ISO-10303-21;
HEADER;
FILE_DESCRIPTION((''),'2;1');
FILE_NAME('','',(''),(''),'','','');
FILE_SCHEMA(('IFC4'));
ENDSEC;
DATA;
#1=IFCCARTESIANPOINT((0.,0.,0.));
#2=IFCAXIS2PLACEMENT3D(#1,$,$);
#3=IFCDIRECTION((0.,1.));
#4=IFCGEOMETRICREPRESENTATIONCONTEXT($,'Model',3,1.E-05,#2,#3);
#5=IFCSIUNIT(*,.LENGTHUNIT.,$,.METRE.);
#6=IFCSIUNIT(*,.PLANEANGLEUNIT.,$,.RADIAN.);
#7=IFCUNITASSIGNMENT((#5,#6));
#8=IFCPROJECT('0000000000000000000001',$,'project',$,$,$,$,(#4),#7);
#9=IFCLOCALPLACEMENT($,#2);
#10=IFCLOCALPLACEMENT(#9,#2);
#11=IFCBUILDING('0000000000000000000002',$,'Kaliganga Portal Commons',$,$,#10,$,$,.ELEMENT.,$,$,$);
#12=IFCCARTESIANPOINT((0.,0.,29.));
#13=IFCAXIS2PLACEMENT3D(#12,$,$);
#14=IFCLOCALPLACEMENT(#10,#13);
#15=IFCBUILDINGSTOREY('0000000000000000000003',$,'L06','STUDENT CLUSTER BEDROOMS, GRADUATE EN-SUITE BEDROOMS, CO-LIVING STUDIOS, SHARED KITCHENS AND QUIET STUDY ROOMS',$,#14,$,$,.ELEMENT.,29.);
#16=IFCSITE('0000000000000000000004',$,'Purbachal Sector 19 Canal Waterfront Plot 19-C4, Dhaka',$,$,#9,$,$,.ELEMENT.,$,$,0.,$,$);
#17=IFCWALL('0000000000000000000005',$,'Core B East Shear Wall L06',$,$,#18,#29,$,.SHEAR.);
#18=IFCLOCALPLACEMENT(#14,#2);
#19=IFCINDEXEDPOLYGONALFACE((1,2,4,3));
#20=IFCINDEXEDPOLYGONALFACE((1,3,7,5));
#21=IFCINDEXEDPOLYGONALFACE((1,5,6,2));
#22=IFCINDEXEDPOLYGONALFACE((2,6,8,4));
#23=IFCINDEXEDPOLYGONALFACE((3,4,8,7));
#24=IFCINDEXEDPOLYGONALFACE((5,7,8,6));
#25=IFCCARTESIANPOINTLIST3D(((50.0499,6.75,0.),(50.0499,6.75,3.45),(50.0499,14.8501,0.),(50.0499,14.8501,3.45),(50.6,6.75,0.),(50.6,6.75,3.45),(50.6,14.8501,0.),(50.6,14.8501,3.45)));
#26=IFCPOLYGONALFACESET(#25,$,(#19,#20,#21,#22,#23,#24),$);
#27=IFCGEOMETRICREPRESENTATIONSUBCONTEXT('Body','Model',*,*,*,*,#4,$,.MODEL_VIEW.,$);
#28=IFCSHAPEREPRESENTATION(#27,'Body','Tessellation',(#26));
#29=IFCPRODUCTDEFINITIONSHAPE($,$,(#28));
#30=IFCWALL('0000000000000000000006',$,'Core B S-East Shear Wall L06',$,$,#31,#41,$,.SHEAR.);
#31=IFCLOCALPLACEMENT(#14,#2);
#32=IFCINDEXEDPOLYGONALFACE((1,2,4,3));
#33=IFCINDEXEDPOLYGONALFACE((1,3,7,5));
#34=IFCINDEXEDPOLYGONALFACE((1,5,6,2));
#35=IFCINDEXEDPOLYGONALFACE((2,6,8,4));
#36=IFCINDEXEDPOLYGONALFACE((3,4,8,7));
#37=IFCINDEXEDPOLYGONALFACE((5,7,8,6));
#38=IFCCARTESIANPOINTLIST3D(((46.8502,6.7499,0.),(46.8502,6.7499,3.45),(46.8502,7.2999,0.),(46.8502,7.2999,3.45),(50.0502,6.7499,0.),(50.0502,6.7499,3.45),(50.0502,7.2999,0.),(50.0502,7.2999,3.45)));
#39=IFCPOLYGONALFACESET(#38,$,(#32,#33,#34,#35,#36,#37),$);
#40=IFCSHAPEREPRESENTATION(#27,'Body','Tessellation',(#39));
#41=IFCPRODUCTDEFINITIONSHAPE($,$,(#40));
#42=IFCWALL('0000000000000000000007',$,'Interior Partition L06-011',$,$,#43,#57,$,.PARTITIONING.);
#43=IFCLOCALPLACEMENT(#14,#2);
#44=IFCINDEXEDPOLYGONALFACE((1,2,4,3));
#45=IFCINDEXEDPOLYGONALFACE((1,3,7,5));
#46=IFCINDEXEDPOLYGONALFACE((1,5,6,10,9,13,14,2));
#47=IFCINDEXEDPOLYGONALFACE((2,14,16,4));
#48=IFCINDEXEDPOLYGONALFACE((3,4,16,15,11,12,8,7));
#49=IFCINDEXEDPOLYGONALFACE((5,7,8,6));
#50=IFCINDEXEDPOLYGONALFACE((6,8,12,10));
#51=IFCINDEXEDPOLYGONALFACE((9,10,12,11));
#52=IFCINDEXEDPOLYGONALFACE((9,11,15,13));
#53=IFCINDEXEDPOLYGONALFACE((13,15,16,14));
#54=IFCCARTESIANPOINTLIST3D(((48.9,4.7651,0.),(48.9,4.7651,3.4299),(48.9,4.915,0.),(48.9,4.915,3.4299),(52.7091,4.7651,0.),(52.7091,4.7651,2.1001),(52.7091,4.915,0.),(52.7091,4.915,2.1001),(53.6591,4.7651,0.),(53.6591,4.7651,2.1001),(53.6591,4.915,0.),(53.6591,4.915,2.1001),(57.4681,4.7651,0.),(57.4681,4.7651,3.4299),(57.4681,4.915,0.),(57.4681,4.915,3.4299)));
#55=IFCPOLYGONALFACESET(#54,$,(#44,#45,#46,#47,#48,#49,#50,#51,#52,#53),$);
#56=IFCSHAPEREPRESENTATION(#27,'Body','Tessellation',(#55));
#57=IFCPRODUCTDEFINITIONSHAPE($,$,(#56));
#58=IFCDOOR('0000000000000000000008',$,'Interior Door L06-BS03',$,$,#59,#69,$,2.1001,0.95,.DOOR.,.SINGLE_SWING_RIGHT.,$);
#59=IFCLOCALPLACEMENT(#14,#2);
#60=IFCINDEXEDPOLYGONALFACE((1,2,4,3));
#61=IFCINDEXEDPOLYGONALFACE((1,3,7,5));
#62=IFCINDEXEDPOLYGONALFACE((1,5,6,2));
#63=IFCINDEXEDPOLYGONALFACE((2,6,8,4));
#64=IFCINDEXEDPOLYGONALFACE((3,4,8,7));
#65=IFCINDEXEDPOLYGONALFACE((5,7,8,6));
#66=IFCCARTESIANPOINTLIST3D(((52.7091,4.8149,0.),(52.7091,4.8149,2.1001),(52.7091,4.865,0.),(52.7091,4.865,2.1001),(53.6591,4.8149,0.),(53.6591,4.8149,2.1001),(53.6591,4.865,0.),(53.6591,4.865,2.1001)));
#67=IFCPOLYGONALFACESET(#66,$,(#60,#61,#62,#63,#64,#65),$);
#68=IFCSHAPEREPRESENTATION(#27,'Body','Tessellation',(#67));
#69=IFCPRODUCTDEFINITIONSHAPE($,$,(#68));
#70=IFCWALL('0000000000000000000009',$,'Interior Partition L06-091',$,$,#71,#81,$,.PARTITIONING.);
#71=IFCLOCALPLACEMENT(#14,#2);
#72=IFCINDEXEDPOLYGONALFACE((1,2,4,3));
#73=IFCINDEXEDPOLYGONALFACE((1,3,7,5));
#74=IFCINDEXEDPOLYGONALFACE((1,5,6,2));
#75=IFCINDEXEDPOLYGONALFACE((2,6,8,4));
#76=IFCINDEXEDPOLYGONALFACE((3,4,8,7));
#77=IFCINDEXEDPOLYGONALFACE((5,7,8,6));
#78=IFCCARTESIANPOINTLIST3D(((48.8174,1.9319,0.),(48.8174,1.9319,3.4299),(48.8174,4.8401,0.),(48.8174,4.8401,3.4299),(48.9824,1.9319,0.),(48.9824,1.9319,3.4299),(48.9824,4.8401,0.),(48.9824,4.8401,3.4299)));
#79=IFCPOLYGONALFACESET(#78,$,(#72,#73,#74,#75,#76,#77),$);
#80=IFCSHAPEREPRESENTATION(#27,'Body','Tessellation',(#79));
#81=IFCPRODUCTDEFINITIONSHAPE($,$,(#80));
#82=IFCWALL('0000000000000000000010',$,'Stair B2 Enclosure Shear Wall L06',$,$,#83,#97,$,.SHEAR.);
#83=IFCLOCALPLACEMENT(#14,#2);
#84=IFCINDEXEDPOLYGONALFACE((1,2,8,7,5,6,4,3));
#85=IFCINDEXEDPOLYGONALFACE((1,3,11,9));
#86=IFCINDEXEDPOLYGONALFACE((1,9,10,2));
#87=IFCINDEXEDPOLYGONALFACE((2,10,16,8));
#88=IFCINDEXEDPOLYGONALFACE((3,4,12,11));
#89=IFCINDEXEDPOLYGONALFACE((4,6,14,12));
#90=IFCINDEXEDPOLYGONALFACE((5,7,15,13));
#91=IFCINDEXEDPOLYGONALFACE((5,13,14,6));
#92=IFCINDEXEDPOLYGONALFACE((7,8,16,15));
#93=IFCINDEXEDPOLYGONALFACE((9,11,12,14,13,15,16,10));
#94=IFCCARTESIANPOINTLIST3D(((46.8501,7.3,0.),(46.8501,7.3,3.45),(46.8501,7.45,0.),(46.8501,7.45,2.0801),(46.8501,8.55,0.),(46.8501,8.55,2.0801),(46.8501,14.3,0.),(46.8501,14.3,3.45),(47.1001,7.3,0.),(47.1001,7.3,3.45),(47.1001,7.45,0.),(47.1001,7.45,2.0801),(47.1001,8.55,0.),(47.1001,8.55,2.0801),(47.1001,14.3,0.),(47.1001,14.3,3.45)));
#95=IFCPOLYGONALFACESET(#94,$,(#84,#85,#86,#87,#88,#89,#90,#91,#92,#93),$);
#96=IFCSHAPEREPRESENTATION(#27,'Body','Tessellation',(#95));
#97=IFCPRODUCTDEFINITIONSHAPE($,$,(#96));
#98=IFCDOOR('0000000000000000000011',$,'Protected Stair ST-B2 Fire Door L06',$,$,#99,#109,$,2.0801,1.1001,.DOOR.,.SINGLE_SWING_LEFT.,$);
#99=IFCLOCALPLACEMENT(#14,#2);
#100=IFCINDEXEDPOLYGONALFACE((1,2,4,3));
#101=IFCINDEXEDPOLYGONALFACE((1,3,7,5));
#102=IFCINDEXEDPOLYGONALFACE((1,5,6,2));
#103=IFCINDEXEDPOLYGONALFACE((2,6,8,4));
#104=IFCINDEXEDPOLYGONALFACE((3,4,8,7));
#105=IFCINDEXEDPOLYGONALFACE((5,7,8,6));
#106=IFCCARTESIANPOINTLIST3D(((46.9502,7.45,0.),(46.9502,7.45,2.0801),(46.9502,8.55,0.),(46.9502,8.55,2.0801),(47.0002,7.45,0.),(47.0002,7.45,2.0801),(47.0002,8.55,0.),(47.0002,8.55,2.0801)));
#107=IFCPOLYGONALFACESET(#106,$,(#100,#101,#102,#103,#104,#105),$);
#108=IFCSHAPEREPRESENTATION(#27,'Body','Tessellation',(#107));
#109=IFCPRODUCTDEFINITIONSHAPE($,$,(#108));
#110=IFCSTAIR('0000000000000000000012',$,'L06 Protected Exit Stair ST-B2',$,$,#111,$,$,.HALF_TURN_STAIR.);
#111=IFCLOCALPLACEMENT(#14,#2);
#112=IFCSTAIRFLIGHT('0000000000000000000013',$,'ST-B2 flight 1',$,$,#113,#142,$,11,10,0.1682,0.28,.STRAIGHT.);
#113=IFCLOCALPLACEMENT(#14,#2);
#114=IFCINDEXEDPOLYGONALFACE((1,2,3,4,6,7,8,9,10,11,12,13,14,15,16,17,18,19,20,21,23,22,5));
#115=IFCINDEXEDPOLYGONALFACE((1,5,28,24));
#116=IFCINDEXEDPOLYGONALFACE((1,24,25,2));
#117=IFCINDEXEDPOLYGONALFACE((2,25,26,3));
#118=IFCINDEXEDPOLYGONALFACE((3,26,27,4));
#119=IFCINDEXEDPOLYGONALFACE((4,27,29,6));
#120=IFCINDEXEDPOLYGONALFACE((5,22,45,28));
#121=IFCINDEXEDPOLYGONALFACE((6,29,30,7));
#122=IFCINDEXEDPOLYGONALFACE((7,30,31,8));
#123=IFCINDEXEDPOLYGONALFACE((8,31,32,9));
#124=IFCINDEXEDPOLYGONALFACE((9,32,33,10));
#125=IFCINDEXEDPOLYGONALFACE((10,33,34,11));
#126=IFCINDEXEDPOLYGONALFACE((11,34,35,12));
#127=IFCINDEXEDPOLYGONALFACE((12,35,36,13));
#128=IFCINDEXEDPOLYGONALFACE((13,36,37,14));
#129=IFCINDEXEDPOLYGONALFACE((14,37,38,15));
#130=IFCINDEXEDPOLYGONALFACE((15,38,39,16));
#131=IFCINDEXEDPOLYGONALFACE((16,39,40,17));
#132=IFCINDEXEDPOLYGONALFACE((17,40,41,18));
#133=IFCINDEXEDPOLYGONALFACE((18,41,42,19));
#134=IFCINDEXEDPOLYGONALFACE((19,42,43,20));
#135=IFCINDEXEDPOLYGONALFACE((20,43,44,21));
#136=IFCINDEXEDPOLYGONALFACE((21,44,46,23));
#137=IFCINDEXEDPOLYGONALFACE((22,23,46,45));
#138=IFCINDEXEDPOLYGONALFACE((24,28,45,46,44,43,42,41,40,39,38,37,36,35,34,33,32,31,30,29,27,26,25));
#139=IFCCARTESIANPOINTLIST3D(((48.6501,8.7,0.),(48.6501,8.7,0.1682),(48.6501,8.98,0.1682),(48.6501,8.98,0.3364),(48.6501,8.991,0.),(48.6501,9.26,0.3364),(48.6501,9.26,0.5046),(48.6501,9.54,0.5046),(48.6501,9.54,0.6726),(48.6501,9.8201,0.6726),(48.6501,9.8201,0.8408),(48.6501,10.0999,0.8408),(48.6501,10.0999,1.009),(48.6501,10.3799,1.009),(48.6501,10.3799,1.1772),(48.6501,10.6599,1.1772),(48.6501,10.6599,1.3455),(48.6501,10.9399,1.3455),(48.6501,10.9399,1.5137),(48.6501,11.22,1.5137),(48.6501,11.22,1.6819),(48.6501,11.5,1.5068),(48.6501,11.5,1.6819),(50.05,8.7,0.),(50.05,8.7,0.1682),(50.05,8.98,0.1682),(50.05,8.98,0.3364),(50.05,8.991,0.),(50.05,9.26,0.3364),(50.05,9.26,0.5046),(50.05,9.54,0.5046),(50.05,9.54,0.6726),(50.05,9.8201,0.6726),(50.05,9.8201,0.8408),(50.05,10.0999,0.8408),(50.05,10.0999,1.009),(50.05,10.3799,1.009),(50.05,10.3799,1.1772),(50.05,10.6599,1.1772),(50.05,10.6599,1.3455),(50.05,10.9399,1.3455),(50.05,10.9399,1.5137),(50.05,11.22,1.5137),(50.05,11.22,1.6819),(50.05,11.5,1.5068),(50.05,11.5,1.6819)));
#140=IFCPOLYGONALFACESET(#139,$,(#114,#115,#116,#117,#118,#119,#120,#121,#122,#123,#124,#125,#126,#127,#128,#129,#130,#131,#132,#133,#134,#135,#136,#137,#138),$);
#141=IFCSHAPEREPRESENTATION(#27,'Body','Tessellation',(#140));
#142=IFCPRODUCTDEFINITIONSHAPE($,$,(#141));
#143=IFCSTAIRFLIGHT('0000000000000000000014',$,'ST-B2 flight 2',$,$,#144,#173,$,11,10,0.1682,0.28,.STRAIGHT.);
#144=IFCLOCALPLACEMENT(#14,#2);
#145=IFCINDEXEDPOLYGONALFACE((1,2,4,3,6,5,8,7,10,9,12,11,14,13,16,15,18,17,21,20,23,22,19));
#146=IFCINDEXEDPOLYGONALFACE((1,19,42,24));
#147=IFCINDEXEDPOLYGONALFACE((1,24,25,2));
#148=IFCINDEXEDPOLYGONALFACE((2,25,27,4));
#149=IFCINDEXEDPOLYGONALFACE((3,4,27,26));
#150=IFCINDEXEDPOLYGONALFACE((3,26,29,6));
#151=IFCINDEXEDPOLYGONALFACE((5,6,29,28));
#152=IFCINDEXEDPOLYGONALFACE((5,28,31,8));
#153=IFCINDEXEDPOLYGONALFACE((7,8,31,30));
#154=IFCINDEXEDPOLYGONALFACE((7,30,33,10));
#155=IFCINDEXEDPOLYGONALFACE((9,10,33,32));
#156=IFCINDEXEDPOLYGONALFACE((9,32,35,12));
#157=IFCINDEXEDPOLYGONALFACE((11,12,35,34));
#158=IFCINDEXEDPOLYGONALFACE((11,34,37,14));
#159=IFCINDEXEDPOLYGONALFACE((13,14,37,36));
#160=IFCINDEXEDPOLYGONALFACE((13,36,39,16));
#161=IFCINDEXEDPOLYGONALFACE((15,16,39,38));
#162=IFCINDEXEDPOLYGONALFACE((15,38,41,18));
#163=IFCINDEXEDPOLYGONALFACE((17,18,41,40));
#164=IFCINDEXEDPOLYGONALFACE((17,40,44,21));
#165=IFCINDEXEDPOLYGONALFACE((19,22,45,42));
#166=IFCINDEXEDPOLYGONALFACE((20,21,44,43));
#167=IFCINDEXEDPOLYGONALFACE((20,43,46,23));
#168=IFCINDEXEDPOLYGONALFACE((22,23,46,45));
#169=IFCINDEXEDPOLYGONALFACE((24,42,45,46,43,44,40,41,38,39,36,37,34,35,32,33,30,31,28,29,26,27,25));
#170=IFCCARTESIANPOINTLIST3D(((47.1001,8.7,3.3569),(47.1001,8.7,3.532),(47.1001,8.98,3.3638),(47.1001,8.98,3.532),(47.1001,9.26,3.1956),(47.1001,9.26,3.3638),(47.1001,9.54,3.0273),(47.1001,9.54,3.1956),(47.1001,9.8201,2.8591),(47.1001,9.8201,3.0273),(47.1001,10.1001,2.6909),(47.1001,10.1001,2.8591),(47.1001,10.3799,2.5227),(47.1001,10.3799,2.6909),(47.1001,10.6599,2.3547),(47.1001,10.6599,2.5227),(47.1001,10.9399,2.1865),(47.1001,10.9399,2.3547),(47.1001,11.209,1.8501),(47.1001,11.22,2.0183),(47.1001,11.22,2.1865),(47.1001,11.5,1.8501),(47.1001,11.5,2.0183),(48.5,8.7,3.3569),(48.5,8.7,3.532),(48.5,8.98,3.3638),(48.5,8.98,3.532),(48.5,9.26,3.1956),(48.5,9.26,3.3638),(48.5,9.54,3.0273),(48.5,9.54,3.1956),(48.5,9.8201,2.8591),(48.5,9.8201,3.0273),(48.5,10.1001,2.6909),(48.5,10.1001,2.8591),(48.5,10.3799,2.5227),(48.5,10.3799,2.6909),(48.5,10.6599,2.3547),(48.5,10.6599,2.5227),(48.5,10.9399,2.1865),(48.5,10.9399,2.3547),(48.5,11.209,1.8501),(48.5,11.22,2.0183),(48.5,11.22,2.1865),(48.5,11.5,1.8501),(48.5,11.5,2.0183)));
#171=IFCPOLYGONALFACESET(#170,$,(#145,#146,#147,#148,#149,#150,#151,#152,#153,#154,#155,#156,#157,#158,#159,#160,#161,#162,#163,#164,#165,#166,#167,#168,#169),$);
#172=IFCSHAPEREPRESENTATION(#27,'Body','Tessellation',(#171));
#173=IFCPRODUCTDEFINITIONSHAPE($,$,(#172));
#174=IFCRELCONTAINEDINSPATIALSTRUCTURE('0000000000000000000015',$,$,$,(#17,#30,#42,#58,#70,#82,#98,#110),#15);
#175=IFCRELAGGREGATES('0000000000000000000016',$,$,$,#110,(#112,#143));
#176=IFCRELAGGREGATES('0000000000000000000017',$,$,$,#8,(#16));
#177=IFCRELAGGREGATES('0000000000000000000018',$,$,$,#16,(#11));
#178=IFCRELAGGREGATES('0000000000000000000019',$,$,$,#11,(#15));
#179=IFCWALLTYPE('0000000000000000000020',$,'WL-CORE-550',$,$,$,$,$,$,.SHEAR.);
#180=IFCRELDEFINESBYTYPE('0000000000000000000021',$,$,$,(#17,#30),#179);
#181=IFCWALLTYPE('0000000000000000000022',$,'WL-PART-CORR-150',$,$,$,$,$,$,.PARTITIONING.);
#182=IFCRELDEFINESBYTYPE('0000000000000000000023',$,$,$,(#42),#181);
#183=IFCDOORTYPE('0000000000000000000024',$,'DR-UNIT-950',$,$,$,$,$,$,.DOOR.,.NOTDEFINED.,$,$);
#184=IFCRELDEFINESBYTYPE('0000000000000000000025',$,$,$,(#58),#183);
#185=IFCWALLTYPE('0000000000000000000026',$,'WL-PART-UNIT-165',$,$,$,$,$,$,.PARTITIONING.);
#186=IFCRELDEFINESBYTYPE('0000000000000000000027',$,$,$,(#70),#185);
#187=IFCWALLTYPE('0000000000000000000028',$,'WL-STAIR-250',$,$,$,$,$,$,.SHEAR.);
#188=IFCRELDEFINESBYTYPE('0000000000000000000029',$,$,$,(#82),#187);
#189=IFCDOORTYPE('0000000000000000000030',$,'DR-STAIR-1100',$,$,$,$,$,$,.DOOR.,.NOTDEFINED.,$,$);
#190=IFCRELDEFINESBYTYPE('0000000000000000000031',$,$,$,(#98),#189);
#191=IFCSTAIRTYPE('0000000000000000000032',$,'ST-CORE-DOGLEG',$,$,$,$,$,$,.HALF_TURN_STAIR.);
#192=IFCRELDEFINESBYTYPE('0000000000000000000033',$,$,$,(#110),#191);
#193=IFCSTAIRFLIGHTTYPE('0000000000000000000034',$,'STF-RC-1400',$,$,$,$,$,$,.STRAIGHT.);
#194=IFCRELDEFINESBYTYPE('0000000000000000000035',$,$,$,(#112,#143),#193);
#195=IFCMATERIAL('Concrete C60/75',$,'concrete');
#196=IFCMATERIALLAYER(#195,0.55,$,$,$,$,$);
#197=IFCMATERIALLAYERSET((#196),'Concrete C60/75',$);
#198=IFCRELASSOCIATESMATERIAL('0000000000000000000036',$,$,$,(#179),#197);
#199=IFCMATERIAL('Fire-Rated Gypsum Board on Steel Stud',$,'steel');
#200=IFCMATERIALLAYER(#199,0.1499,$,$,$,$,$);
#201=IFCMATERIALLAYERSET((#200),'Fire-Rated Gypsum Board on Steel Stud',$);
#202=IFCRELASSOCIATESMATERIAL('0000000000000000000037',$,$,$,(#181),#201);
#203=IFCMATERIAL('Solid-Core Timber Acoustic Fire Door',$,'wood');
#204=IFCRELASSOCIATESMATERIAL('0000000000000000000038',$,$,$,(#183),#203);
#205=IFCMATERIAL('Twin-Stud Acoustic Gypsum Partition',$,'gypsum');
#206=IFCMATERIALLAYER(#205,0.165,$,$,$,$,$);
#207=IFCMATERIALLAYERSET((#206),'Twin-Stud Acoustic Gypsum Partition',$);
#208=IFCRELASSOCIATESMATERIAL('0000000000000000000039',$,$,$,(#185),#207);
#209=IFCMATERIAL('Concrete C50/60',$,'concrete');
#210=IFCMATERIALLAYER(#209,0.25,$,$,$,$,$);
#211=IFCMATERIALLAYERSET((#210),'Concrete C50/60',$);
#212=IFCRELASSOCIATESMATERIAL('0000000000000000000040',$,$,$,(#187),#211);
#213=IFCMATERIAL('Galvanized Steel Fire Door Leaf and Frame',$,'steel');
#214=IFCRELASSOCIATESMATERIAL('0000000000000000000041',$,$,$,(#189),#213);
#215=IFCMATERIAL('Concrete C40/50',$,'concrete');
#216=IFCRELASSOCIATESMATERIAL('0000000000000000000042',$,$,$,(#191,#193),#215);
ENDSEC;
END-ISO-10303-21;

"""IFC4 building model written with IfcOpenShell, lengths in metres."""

from ifc_helpers import new_model, si_unit, direction, frame, frame_2d, origin, place, context, subcontext, project, spatial, polyline, rectangle, outline, extrude, material, layer, layer_set, type_object, element, fill, aggregate, save


model = new_model("IFC4")

# Units and contexts
model_context = context("Model", 3, precision=1e-05, world=origin(), true_north=direction((0.0, 1.0)))
body_context = subcontext(model_context, "Body", "Model", "MODEL_VIEW")
ifc_project = project(units=[si_unit("LENGTHUNIT", "METRE"), si_unit("PLANEANGLEUNIT", "RADIAN")], contexts=[model_context])

# Site, building, storey
site_placement = place(None, origin())
site = spatial("IfcSite", under=ifc_project, at=site_placement, Name="Purbachal Sector 19 Canal Waterfront Plot 19-C4, Dhaka", CompositionType="ELEMENT", RefElevation=0.0)
building_placement = place(site_placement, origin())
building = spatial("IfcBuilding", under=site, at=building_placement, Name="Kaliganga Portal Commons", CompositionType="ELEMENT")
storey_placement = place(building_placement, frame((0.0, 0.0, 29.0)))
storey = spatial("IfcBuildingStorey", under=building, at=storey_placement, Name="L06", Description="STUDENT CLUSTER BEDROOMS, GRADUATE EN-SUITE BEDROOMS, CO-LIVING STUDIOS, SHARED KITCHENS AND QUIET STUDY ROOMS", CompositionType="ELEMENT", Elevation=29.0)

# Walls
ifc_material_1 = material(Name="Concrete C60/75", Category="concrete")
ifc_layer_1 = layer(ifc_material_1, 0.55)
ifc_layer_set_1 = layer_set([ifc_layer_1], Name="Concrete C60/75")
wall_type_1 = type_object("IfcWallType", Name="WL-CORE-550", PredefinedType="SHEAR", material=ifc_layer_set_1)
wall_1_placement = place(storey_placement, frame((50.325, 6.75, 0.0), z_axis=(0.0, 0.0, 1.0), x_axis=(0.0, 1.0, 0.0)))
element("IfcWall", 1, at=wall_1_placement, inside=storey, type_object=wall_type_1, Name="Core B East Shear Wall L06", PredefinedType="SHEAR", context=body_context, shape_type="SweptSolid", body=[
    extrude(rectangle(XDim=8.1001, YDim=0.55, at=frame_2d((4.05, 0.0))), origin(), (0.0, 0.0, 1.0), 3.45),
])
wall_2_placement = place(storey_placement, frame((46.8501, 7.0249, 0.0), z_axis=(0.0, 0.0, 1.0), x_axis=(1.0, 0.0, 0.0)))
element("IfcWall", 2, at=wall_2_placement, inside=storey, type_object=wall_type_1, Name="Core B S-East Shear Wall L06", PredefinedType="SHEAR", context=body_context, shape_type="SweptSolid", body=[
    extrude(rectangle(XDim=3.2, YDim=0.55, at=frame_2d((1.6001, 0.0))), origin(), (0.0, 0.0, 1.0), 3.45),
])

# Wall, opening, door
ifc_material_2 = material(Name="Fire-Rated Gypsum Board on Steel Stud", Category="steel")
ifc_layer_2 = layer(ifc_material_2, 0.1499)
ifc_layer_set_2 = layer_set([ifc_layer_2], Name="Fire-Rated Gypsum Board on Steel Stud")
wall_type_2 = type_object("IfcWallType", Name="WL-PART-CORR-150", PredefinedType="PARTITIONING", material=ifc_layer_set_2)
wall_3_placement = place(storey_placement, frame((48.8999, 4.8401, 0.0), z_axis=(0.0, 0.0, 1.0), x_axis=(1.0, 0.0, 0.0)))
wall_3 = element("IfcWall", 3, at=wall_3_placement, inside=storey, type_object=wall_type_2, Name="Interior Partition L06-011", PredefinedType="PARTITIONING", context=body_context, shape_type="SweptSolid", body=[
    extrude(rectangle(XDim=8.5681, YDim=0.1499, at=frame_2d((4.2842, 0.0))), origin(), (0.0, 0.0, 1.0), 3.4299),
])
opening_1_placement = place(wall_3_placement, frame((3.8091, 0.0, 0.0)))
opening_1 = element("IfcOpeningElement", 4, at=opening_1_placement, cuts=wall_3, PredefinedType="OPENING", context=body_context, shape_type="SweptSolid", body=[
    extrude(rectangle(XDim=0.95, YDim=2.1001, at=frame_2d((0.4751, 1.05))), frame((0.0, 0.085, 0.0), z_axis=(0.0, -1.0, 0.0), x_axis=(1.0, 0.0, 0.0)), (0.0, 0.0, 1.0), 0.1699),
])
ifc_material_3 = material(Name="Solid-Core Timber Acoustic Fire Door", Category="wood")
door_type_1 = type_object("IfcDoorType", Name="DR-UNIT-950", OperationType="NOTDEFINED", PredefinedType="DOOR", material=ifc_material_3)
door_1_placement = place(opening_1_placement, origin())
door_1 = element("IfcDoor", 5, at=door_1_placement, inside=storey, type_object=door_type_1, Name="Interior Door L06-BS03", OperationType="SINGLE_SWING_RIGHT", OverallHeight=2.1001, OverallWidth=0.95, PredefinedType="DOOR", context=body_context, shape_type="SweptSolid", body=[
    extrude(rectangle(XDim=0.95, YDim=2.1001, at=frame_2d((0.4751, 1.05))), frame((0.0, 0.0249, 0.0), z_axis=(0.0, -1.0, 0.0), x_axis=(1.0, 0.0, 0.0)), (0.0, 0.0, 1.0), 0.05),
])
fill(opening_1, door_1)

# Wall
ifc_material_4 = material(Name="Twin-Stud Acoustic Gypsum Partition", Category="gypsum")
ifc_layer_3 = layer(ifc_material_4, 0.165)
ifc_layer_set_3 = layer_set([ifc_layer_3], Name="Twin-Stud Acoustic Gypsum Partition")
wall_type_3 = type_object("IfcWallType", Name="WL-PART-UNIT-165", PredefinedType="PARTITIONING", material=ifc_layer_set_3)
wall_4_placement = place(storey_placement, frame((48.8999, 1.9319, 0.0), z_axis=(0.0, 0.0, 1.0), x_axis=(0.0, 1.0, 0.0)))
element("IfcWall", 6, at=wall_4_placement, inside=storey, type_object=wall_type_3, Name="Interior Partition L06-091", PredefinedType="PARTITIONING", context=body_context, shape_type="SweptSolid", body=[
    extrude(rectangle(XDim=2.9082, YDim=0.165, at=frame_2d((1.4541, 0.0))), origin(), (0.0, 0.0, 1.0), 3.4299),
])

# Wall, opening, door
ifc_material_5 = material(Name="Concrete C50/60", Category="concrete")
ifc_layer_4 = layer(ifc_material_5, 0.25)
ifc_layer_set_4 = layer_set([ifc_layer_4], Name="Concrete C50/60")
wall_type_4 = type_object("IfcWallType", Name="WL-STAIR-250", PredefinedType="SHEAR", material=ifc_layer_set_4)
wall_5_placement = place(storey_placement, frame((46.9751, 7.3, 0.0), z_axis=(0.0, 0.0, 1.0), x_axis=(0.0, 1.0, 0.0)))
wall_5 = element("IfcWall", 7, at=wall_5_placement, inside=storey, type_object=wall_type_4, Name="Stair B2 Enclosure Shear Wall L06", PredefinedType="SHEAR", context=body_context, shape_type="SweptSolid", body=[
    extrude(rectangle(XDim=7.0, YDim=0.25, at=frame_2d((3.5, 0.0))), origin(), (0.0, 0.0, 1.0), 3.45),
])
opening_2_placement = place(wall_5_placement, frame((0.1499, 0.0, 0.0)))
opening_2 = element("IfcOpeningElement", 8, at=opening_2_placement, cuts=wall_5, PredefinedType="OPENING", context=body_context, shape_type="SweptSolid", body=[
    extrude(rectangle(XDim=1.1001, YDim=2.0801, at=frame_2d((0.55, 1.04))), frame((0.0, 0.135, 0.0), z_axis=(0.0, -1.0, 0.0), x_axis=(1.0, 0.0, 0.0)), (0.0, 0.0, 1.0), 0.27),
])
ifc_material_6 = material(Name="Galvanized Steel Fire Door Leaf and Frame", Category="steel")
door_type_2 = type_object("IfcDoorType", Name="DR-STAIR-1100", OperationType="NOTDEFINED", PredefinedType="DOOR", material=ifc_material_6)
door_2_placement = place(opening_2_placement, origin())
door_2 = element("IfcDoor", 9, at=door_2_placement, inside=storey, type_object=door_type_2, Name="Protected Stair ST-B2 Fire Door L06", OperationType="SINGLE_SWING_LEFT", OverallHeight=2.0801, OverallWidth=1.1001, PredefinedType="DOOR", context=body_context, shape_type="SweptSolid", body=[
    extrude(rectangle(XDim=1.1001, YDim=2.0801, at=frame_2d((0.55, 1.04))), frame((0.0, 0.0249, 0.0), z_axis=(0.0, -1.0, 0.0), x_axis=(1.0, 0.0, 0.0)), (0.0, 0.0, 1.0), 0.05),
])
fill(opening_2, door_2)

# Stair, stair flights
ifc_material_7 = material(Name="Concrete C40/50", Category="concrete")
stair_type = type_object("IfcStairType", Name="ST-CORE-DOGLEG", PredefinedType="HALF_TURN_STAIR", material=ifc_material_7)
stair_placement = place(storey_placement, origin())
stair = element("IfcStair", 10, at=stair_placement, inside=storey, type_object=stair_type, Name="L06 Protected Exit Stair ST-B2", PredefinedType="HALF_TURN_STAIR")
stair_flight_type = type_object("IfcStairFlightType", Name="STF-RC-1400", PredefinedType="STRAIGHT", material=ifc_material_7)
stair_flight_1_placement = place(storey_placement, frame((49.3501, 8.7, 0.0), z_axis=(0.0, 0.0, 1.0), x_axis=(0.0, 1.0, 0.0)))
stair_flight_1 = element("IfcStairFlight", 11, at=stair_flight_1_placement, type_object=stair_flight_type, Name="ST-B2 flight 1", NumberOfRisers=11, NumberOfTreads=10, PredefinedType="STRAIGHT", RiserHeight=0.1682, TreadLength=0.28, context=body_context, shape_type="SweptSolid", body=[
    extrude(outline(polyline([(0.0, 0.0), (0.0, 0.1682), (0.28, 0.1682), (0.28, 0.3364), (0.5601, 0.3364), (0.5601, 0.5046), (0.8401, 0.5046), (0.8401, 0.6726), (1.1201, 0.6726), (1.1201, 0.8408), (1.3999, 0.8408), (1.3999, 1.009), (1.6799, 1.009), (1.6799, 1.1772), (1.96, 1.1772), (1.96, 1.3455), (2.24, 1.3455), (2.24, 1.5137), (2.52, 1.5137), (2.52, 1.6819), (2.8, 1.6819), (2.8, 1.8501), (2.8, 1.5068), (0.291, 0.0), (0.0, 0.0)])), frame((0.0, 0.7, 0.0), z_axis=(0.0, -1.0, 0.0), x_axis=(1.0, 0.0, 0.0)), (0.0, 0.0, 1.0), 1.3999),
])
stair_flight_2_placement = place(storey_placement, frame((47.8, 11.5, 1.8501), z_axis=(0.0, 0.0, 1.0), x_axis=(0.0, -1.0, 0.0)))
stair_flight_2 = element("IfcStairFlight", 12, at=stair_flight_2_placement, type_object=stair_flight_type, Name="ST-B2 flight 2", NumberOfRisers=11, NumberOfTreads=10, PredefinedType="STRAIGHT", RiserHeight=0.1682, TreadLength=0.28, context=body_context, shape_type="SweptSolid", body=[
    extrude(outline(polyline([(0.0, 0.0), (0.0, 0.1682), (0.28, 0.1682), (0.28, 0.3364), (0.5601, 0.3364), (0.5601, 0.5046), (0.8401, 0.5046), (0.8401, 0.6726), (1.1201, 0.6726), (1.1201, 0.8408), (1.3999, 0.8408), (1.3999, 1.009), (1.6799, 1.009), (1.6799, 1.1772), (1.96, 1.1772), (1.96, 1.3455), (2.24, 1.3455), (2.24, 1.5137), (2.52, 1.5137), (2.52, 1.6819), (2.8, 1.6819), (2.8, 1.8501), (2.8, 1.5068), (0.291, 0.0), (0.0, 0.0)])), frame((0.0, 0.7, 0.0), z_axis=(0.0, -1.0, 0.0), x_axis=(1.0, 0.0, 0.0)), (0.0, 0.0, 1.0), 1.3999),
])
aggregate(stair, [stair_flight_1, stair_flight_2])

save(model, "model.ifc")
